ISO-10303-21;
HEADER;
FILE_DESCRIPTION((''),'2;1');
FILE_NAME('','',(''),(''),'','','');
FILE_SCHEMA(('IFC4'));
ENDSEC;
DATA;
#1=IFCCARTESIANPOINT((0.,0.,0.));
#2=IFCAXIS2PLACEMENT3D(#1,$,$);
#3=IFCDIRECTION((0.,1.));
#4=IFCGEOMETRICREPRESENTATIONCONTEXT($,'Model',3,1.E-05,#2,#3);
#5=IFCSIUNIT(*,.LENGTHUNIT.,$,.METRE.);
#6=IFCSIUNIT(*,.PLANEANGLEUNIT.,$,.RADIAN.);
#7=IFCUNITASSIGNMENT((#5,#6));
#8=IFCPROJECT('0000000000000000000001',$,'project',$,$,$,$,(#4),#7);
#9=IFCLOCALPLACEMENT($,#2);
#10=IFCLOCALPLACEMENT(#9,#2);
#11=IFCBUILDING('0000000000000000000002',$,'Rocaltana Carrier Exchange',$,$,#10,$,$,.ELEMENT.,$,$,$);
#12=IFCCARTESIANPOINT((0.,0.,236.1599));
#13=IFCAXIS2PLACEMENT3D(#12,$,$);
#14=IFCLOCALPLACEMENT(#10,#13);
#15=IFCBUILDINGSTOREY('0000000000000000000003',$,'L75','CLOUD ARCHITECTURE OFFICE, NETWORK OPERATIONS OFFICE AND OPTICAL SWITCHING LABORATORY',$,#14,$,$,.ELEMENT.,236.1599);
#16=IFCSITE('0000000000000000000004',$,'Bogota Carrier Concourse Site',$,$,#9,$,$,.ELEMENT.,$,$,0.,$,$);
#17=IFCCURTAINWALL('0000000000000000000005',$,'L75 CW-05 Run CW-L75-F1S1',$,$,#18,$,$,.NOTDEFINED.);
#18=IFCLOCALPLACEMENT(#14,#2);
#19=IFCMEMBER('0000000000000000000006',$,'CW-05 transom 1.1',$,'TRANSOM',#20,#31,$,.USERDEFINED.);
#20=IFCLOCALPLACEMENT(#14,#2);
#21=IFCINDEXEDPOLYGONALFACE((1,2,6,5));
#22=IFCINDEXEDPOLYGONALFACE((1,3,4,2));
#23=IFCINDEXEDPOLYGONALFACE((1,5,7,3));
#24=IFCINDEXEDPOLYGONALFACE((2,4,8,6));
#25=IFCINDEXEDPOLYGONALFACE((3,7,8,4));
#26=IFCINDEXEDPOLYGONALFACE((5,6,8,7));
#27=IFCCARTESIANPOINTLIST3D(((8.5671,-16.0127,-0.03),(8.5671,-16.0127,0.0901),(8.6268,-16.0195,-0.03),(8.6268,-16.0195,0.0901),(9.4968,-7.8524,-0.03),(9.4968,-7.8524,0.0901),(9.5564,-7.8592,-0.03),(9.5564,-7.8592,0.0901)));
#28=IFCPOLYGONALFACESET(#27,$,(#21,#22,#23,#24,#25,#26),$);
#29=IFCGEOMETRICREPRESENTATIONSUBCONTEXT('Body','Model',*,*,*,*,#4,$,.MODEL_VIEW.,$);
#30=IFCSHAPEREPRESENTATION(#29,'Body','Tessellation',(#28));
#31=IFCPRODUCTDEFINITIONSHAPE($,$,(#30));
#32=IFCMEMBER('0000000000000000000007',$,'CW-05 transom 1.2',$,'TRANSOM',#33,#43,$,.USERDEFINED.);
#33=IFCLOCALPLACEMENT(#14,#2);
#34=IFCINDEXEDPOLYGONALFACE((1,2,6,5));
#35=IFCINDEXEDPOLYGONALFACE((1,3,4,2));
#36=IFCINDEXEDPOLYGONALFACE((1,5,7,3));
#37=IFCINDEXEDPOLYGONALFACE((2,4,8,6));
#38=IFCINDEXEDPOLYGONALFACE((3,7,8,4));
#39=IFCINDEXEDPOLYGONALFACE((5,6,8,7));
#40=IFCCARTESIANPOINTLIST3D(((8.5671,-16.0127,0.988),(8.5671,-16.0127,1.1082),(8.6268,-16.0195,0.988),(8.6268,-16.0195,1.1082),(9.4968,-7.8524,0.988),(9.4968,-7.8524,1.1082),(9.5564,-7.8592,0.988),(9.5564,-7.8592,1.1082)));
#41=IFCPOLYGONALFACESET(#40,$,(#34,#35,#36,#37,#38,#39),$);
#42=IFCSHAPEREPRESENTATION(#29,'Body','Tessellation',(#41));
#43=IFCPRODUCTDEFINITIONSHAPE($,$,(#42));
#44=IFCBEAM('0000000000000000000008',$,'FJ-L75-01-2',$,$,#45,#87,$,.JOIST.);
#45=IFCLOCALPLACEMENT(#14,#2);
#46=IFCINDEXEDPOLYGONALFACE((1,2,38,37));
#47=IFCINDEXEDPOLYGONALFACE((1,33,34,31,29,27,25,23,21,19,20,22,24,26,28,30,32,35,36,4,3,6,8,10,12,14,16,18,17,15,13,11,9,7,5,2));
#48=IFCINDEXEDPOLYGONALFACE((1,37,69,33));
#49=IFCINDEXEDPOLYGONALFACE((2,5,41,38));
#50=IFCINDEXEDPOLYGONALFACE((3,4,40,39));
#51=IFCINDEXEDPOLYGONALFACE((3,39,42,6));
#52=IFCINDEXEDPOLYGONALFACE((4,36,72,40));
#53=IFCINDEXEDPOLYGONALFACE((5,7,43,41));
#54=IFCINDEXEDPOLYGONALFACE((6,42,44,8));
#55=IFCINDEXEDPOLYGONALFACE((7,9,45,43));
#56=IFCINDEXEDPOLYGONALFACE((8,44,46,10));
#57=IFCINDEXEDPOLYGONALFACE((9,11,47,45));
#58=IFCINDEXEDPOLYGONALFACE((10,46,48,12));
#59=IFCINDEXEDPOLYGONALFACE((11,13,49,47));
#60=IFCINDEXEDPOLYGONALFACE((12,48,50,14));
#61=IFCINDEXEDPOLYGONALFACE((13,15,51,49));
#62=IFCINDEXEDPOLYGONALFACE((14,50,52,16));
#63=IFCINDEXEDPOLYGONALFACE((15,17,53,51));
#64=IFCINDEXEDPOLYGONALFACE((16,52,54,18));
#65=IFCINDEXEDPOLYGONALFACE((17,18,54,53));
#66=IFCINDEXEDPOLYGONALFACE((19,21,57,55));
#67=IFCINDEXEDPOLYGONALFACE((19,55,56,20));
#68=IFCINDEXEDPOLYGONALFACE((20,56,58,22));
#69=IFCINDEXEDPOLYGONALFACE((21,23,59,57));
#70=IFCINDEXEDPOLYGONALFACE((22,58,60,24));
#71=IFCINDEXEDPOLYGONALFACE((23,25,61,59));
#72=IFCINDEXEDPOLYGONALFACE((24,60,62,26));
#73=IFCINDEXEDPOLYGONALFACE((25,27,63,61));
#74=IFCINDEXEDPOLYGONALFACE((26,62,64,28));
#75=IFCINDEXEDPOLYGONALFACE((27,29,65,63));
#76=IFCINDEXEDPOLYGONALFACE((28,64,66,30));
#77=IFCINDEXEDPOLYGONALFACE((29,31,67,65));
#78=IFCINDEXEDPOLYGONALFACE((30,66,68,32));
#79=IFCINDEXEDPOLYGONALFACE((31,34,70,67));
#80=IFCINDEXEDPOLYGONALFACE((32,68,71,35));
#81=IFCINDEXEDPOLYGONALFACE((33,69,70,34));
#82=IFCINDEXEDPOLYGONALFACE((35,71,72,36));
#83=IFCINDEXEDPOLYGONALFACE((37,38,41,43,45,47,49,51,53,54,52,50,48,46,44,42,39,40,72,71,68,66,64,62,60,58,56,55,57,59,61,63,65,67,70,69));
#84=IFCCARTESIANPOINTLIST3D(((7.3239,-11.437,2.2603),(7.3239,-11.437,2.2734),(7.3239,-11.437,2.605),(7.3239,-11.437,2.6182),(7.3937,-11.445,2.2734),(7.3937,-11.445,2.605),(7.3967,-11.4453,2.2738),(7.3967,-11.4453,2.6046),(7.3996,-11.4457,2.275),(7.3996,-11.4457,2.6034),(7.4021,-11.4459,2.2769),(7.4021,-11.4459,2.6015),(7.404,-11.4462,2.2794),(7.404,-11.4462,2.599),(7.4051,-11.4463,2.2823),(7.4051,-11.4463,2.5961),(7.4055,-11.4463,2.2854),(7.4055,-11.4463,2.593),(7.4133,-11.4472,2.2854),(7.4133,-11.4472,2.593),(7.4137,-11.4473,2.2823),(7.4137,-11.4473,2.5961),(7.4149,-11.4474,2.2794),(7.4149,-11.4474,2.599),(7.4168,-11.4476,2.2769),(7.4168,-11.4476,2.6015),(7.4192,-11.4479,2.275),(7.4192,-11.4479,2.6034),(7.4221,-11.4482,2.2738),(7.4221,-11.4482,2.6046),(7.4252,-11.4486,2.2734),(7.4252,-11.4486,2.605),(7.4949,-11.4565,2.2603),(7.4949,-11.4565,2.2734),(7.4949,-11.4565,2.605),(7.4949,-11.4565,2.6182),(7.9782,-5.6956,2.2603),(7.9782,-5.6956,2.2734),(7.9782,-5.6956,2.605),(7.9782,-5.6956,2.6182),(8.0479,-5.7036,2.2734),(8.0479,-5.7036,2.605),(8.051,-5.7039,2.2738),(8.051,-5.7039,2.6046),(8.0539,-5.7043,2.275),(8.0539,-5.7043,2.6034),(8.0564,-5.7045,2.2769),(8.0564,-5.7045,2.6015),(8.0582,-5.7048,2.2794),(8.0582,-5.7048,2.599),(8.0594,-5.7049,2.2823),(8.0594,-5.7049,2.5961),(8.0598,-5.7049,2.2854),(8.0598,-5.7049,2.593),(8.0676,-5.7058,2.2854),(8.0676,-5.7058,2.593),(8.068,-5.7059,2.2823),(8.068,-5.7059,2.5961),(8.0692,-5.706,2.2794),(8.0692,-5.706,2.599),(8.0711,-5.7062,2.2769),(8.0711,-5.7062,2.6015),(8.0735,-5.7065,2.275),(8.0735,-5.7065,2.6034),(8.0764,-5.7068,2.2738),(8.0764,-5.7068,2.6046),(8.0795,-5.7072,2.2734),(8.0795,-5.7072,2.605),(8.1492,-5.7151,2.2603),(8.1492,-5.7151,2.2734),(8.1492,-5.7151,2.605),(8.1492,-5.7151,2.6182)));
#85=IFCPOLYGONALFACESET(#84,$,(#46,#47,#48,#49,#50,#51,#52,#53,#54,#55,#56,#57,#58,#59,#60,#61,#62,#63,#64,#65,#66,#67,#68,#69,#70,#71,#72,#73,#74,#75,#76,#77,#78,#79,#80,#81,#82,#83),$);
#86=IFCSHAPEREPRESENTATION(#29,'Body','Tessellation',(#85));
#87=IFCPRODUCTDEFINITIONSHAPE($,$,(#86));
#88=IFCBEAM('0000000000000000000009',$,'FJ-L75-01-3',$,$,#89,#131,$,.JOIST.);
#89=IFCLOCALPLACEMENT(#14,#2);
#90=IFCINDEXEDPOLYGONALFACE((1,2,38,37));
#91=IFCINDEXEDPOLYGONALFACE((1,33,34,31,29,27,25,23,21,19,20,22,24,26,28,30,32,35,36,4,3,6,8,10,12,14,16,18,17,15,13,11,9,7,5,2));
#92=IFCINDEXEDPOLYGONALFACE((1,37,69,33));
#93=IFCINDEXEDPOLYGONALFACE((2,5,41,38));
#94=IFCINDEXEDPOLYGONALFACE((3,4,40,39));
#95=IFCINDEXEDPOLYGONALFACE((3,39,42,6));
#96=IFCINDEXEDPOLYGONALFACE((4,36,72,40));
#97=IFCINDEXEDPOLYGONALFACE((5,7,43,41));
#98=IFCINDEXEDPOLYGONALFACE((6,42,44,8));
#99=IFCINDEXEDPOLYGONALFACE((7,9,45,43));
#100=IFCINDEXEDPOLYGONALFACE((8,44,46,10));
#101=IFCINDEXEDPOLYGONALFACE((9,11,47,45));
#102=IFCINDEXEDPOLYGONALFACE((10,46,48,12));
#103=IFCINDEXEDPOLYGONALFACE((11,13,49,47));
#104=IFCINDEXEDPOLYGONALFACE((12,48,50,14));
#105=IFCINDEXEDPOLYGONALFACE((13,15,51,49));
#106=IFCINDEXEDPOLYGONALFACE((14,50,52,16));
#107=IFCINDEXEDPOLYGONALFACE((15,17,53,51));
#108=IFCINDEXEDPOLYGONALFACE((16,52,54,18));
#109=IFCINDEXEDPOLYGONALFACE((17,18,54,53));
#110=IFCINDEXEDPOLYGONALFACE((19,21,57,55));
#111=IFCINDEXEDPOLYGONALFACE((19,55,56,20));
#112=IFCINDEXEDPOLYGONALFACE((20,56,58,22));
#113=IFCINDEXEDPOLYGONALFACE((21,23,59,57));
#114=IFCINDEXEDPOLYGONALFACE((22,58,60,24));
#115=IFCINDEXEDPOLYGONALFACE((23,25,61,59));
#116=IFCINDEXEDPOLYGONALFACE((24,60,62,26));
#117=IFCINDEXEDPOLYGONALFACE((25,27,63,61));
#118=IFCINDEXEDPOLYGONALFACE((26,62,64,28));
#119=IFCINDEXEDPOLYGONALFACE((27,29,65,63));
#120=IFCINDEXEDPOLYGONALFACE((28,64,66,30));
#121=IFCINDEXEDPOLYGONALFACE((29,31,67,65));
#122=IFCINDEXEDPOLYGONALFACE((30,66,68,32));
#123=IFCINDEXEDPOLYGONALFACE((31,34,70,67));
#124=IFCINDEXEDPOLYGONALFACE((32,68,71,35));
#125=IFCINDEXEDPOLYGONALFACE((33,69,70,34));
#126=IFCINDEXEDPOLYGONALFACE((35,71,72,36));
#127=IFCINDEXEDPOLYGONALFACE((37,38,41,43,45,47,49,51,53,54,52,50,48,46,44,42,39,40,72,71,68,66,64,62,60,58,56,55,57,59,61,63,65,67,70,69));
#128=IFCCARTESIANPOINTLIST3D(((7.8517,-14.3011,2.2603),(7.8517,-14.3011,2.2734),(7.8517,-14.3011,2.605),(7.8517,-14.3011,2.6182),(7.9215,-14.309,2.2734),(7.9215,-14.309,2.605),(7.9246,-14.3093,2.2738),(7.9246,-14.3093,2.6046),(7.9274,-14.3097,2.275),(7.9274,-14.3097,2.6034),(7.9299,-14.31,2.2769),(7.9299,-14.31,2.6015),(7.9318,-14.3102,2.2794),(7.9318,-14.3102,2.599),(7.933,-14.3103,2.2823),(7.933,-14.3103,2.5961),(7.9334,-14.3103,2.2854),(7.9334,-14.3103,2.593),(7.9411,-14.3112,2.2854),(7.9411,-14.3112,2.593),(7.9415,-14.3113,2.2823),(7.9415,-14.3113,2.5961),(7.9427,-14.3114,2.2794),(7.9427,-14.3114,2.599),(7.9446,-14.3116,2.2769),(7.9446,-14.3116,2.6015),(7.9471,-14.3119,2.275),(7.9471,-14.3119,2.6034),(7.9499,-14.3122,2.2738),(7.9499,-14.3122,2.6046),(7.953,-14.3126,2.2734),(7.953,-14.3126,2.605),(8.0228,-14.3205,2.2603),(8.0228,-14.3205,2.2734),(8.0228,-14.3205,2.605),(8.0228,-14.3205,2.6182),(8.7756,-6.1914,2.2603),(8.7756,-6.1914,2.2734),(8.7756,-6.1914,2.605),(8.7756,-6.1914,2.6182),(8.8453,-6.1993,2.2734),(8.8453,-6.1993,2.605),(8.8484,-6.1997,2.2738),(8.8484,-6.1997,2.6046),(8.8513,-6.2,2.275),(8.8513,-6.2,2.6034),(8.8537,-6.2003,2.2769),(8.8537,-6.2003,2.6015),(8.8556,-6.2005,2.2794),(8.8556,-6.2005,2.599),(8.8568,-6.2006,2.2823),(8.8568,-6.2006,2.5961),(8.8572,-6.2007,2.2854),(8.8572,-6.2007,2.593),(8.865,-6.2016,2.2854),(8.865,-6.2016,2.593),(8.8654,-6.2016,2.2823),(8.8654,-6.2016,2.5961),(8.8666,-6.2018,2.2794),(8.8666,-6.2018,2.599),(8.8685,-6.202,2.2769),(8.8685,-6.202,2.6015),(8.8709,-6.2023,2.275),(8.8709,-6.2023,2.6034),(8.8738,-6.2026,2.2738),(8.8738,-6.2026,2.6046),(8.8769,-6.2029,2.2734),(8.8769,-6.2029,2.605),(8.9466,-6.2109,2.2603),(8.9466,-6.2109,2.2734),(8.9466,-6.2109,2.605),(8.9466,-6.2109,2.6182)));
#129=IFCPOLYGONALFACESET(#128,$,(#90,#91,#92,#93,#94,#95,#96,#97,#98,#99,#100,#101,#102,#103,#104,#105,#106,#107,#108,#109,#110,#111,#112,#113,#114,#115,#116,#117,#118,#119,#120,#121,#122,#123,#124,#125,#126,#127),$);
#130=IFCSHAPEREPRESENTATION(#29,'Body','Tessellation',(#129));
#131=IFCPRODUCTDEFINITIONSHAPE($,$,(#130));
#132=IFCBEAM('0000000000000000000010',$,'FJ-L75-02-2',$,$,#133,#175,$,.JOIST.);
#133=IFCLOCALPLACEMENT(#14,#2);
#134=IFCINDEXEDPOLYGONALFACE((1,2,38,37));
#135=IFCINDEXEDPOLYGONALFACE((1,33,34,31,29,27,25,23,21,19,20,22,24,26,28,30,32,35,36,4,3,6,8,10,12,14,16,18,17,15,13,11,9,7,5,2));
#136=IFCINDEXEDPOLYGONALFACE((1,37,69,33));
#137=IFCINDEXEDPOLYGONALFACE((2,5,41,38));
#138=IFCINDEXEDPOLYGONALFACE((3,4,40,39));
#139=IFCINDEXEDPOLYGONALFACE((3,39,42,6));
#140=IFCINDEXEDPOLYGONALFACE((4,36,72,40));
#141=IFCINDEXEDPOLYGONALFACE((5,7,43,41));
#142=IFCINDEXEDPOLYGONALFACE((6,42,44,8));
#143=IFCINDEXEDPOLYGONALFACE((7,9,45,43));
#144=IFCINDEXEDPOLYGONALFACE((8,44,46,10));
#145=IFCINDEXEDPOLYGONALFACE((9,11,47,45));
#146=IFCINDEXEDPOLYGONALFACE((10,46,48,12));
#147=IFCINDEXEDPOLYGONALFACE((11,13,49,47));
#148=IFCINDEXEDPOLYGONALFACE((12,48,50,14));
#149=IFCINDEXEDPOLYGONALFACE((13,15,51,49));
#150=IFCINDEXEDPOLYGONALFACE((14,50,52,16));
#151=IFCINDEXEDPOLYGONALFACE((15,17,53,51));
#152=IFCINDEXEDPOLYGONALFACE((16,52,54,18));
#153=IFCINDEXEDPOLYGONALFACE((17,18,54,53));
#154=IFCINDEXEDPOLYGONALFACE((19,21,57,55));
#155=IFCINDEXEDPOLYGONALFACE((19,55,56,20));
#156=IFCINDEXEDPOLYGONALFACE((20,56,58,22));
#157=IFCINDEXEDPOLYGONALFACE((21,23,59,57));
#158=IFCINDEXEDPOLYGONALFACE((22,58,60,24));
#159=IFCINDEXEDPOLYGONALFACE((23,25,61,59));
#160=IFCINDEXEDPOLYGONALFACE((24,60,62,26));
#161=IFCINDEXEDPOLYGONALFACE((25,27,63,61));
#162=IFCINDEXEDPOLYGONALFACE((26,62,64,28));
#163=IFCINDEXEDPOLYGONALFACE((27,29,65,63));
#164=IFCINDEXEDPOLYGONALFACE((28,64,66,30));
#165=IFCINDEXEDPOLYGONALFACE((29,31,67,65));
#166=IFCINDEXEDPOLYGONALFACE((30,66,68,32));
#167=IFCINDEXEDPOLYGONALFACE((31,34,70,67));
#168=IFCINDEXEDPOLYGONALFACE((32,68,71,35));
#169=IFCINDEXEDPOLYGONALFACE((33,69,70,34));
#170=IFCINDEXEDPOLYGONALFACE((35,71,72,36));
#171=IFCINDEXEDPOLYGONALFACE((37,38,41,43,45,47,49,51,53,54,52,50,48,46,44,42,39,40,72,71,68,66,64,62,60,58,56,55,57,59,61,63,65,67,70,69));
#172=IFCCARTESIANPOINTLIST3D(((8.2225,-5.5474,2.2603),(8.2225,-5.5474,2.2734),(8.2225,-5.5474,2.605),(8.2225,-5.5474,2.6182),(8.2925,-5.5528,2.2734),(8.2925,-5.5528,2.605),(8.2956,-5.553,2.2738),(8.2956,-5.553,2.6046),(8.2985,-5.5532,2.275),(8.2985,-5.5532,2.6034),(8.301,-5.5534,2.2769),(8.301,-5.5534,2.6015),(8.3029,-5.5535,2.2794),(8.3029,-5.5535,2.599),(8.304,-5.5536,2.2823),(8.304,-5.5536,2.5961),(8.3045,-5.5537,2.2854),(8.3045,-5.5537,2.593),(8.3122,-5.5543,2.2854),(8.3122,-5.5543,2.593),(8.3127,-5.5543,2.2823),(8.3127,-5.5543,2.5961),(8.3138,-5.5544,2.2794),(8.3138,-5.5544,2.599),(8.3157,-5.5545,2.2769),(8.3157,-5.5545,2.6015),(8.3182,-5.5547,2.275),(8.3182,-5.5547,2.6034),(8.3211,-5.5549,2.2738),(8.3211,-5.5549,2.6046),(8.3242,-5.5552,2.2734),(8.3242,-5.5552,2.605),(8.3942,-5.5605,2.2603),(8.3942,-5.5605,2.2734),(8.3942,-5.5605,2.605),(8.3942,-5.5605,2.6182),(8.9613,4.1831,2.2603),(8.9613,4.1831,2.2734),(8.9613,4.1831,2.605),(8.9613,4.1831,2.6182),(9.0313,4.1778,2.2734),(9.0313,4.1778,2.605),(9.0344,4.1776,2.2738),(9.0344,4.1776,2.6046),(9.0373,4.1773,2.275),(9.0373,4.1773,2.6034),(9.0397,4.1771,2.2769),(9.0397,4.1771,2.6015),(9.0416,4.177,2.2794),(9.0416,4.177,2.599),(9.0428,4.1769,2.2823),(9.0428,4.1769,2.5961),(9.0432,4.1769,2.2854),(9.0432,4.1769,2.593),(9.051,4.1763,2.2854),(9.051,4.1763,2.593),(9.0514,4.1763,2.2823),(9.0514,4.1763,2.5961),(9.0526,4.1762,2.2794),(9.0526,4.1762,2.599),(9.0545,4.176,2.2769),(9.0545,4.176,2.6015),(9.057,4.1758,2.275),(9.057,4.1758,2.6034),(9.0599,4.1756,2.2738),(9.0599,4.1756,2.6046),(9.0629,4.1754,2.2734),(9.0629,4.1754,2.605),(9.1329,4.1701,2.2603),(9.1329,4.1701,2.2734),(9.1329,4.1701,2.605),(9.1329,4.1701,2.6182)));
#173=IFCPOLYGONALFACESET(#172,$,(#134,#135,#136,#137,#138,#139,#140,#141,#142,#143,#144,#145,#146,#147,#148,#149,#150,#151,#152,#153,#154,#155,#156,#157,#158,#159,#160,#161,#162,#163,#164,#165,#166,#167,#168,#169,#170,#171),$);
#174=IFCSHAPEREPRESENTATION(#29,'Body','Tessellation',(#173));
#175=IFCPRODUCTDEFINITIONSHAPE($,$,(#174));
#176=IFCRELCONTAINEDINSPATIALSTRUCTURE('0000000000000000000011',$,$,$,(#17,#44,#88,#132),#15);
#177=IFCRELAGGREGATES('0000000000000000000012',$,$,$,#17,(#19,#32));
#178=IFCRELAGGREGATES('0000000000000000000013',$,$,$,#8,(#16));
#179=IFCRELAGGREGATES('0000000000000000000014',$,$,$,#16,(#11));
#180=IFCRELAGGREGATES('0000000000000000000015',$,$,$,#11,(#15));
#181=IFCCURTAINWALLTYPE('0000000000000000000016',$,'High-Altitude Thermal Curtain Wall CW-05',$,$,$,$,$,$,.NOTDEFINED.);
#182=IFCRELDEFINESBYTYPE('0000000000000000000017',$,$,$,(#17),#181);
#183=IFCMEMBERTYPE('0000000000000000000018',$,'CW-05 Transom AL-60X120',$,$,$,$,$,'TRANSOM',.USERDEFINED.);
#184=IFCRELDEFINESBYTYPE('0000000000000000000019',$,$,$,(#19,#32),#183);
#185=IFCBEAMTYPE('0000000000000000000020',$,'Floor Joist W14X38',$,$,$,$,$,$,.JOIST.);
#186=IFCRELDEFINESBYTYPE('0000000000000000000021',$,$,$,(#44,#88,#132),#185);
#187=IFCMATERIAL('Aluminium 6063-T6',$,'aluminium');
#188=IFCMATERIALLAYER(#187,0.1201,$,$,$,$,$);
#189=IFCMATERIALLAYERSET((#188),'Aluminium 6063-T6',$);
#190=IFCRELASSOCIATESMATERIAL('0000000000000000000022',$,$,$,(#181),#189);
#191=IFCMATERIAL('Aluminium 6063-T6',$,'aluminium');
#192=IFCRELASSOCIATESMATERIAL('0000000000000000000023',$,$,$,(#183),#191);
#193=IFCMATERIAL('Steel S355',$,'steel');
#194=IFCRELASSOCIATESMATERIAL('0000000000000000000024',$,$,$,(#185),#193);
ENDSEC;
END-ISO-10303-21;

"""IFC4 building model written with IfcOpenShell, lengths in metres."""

from ifc_helpers import new_model, si_unit, direction, frame, origin, origin_2d, place, context, subcontext, project, spatial, rectangle, i_section, extrude, material, layer, layer_set, material_profile, profile_set, type_object, element, aggregate, save


model = new_model("IFC4")

# Units and contexts
model_context = context("Model", 3, precision=1e-05, world=origin(), true_north=direction((0.0, 1.0)))
body_context = subcontext(model_context, "Body", "Model", "MODEL_VIEW")
ifc_project = project(units=[si_unit("LENGTHUNIT", "METRE"), si_unit("PLANEANGLEUNIT", "RADIAN")], contexts=[model_context])

# Site, building, storey
site_placement = place(None, origin())
site = spatial("IfcSite", under=ifc_project, at=site_placement, Name="Bogota Carrier Concourse Site", CompositionType="ELEMENT", RefElevation=0.0)
building_placement = place(site_placement, origin())
building = spatial("IfcBuilding", under=site, at=building_placement, Name="Rocaltana Carrier Exchange", CompositionType="ELEMENT")
storey_placement = place(building_placement, frame((0.0, 0.0, 236.1599)))
storey = spatial("IfcBuildingStorey", under=building, at=storey_placement, Name="L75", Description="CLOUD ARCHITECTURE OFFICE, NETWORK OPERATIONS OFFICE AND OPTICAL SWITCHING LABORATORY", CompositionType="ELEMENT", Elevation=236.1599)

# Curtain wall
ifc_material_1 = material(Name="Aluminium 6063-T6", Category="aluminium")
ifc_layer_1 = layer(ifc_material_1, 0.1201)
ifc_layer_set_1 = layer_set([ifc_layer_1], Name="Aluminium 6063-T6")
curtain_wall_type = type_object("IfcCurtainWallType", Name="High-Altitude Thermal Curtain Wall CW-05", PredefinedType="NOTDEFINED", material=ifc_layer_set_1)
curtain_wall_1_placement = place(storey_placement, origin())
curtain_wall_1 = element("IfcCurtainWall", 1, at=curtain_wall_1_placement, inside=storey, type_object=curtain_wall_type, Name="L75 CW-05 Run CW-L75-F1S1", PredefinedType="NOTDEFINED")

# Members
ifc_material_2 = material(Name="Aluminium 6063-T6", Category="aluminium")
ifc_material_profile_1 = material_profile(ifc_material_2, rectangle(XDim=0.0601, YDim=0.1201, at=origin_2d()), Name="AL-60X120")
ifc_profile_set_1 = profile_set([ifc_material_profile_1], Name="Aluminium 6063-T6")
member_type_1 = type_object("IfcMemberType", Name="CW-05 Transom AL-60X120", ElementType="TRANSOM", PredefinedType="USERDEFINED", material=ifc_profile_set_1)
member_1_placement = place(storey_placement, frame((8.5969, -16.0161, 0.03), z_axis=(0.113194, 0.993573, 0.0), x_axis=(-0.993573, 0.113194, 0.0)))
member_1 = element("IfcMember", 2, at=member_1_placement, type_object=member_type_1, Name="CW-05 transom 1.1", ObjectType="TRANSOM", PredefinedType="USERDEFINED", context=body_context, shape_type="SweptSolid", body=[
    extrude(rectangle(XDim=0.0601, YDim=0.1201, at=origin_2d()), origin(), (0.0, 0.0, 1.0), 8.2131),
])
member_2_placement = place(storey_placement, frame((8.5969, -16.0161, 1.0481), z_axis=(0.113194, 0.993573, 0.0), x_axis=(-0.993573, 0.113194, 0.0)))
member_2 = element("IfcMember", 3, at=member_2_placement, type_object=member_type_1, Name="CW-05 transom 1.2", ObjectType="TRANSOM", PredefinedType="USERDEFINED", context=body_context, shape_type="SweptSolid", body=[
    extrude(rectangle(XDim=0.0601, YDim=0.1201, at=origin_2d()), origin(), (0.0, 0.0, 1.0), 8.2131),
])

# Beams
ifc_material_3 = material(Name="Steel S355", Category="steel")
ifc_material_profile_2 = material_profile(ifc_material_3, i_section(OverallWidth=0.1721, OverallDepth=0.3579, WebThickness=0.0078, FlangeThickness=0.0132, FilletRadius=0.012, at=origin_2d()), Name="W14X38")
ifc_profile_set_2 = profile_set([ifc_material_profile_2], Name="Steel S355")
beam_type_1 = type_object("IfcBeamType", Name="Floor Joist W14X38", PredefinedType="JOIST", material=ifc_profile_set_2)
beam_1_placement = place(storey_placement, frame((7.4094, -11.4468, 2.4392), z_axis=(0.113227, 0.993569, 0.0), x_axis=(-0.993569, 0.113227, 0.0)))
element("IfcBeam", 4, at=beam_1_placement, inside=storey, type_object=beam_type_1, Name="FJ-L75-01-2", PredefinedType="JOIST", context=body_context, shape_type="SweptSolid", body=[
    extrude(i_section(OverallWidth=0.1721, OverallDepth=0.3579, WebThickness=0.0078, FlangeThickness=0.0132, FilletRadius=0.012, at=origin_2d()), origin(), (0.0, 0.0, 1.0), 5.7786),
])
beam_2_placement = place(storey_placement, frame((7.9373, -14.3108, 2.4392), z_axis=(0.113186, 0.993574, 0.0), x_axis=(-0.993574, 0.113186, 0.0)))
element("IfcBeam", 5, at=beam_2_placement, inside=storey, type_object=beam_type_1, Name="FJ-L75-01-3", PredefinedType="JOIST", context=body_context, shape_type="SweptSolid", body=[
    extrude(i_section(OverallWidth=0.1721, OverallDepth=0.3579, WebThickness=0.0078, FlangeThickness=0.0132, FilletRadius=0.012, at=origin_2d()), origin(), (0.0, 0.0, 1.0), 8.1621),
])
beam_3_placement = place(storey_placement, frame((8.3083, -5.554, 2.4392), z_axis=(0.075705, 0.99713, 0.0), x_axis=(-0.99713, 0.075705, 0.0)))
element("IfcBeam", 6, at=beam_3_placement, inside=storey, type_object=beam_type_1, Name="FJ-L75-02-2", PredefinedType="JOIST", context=body_context, shape_type="SweptSolid", body=[
    extrude(i_section(OverallWidth=0.1721, OverallDepth=0.3579, WebThickness=0.0078, FlangeThickness=0.0132, FilletRadius=0.012, at=origin_2d()), origin(), (0.0, 0.0, 1.0), 9.7585),
])

aggregate(curtain_wall_1, [member_1, member_2])

save(model, "model.ifc")
